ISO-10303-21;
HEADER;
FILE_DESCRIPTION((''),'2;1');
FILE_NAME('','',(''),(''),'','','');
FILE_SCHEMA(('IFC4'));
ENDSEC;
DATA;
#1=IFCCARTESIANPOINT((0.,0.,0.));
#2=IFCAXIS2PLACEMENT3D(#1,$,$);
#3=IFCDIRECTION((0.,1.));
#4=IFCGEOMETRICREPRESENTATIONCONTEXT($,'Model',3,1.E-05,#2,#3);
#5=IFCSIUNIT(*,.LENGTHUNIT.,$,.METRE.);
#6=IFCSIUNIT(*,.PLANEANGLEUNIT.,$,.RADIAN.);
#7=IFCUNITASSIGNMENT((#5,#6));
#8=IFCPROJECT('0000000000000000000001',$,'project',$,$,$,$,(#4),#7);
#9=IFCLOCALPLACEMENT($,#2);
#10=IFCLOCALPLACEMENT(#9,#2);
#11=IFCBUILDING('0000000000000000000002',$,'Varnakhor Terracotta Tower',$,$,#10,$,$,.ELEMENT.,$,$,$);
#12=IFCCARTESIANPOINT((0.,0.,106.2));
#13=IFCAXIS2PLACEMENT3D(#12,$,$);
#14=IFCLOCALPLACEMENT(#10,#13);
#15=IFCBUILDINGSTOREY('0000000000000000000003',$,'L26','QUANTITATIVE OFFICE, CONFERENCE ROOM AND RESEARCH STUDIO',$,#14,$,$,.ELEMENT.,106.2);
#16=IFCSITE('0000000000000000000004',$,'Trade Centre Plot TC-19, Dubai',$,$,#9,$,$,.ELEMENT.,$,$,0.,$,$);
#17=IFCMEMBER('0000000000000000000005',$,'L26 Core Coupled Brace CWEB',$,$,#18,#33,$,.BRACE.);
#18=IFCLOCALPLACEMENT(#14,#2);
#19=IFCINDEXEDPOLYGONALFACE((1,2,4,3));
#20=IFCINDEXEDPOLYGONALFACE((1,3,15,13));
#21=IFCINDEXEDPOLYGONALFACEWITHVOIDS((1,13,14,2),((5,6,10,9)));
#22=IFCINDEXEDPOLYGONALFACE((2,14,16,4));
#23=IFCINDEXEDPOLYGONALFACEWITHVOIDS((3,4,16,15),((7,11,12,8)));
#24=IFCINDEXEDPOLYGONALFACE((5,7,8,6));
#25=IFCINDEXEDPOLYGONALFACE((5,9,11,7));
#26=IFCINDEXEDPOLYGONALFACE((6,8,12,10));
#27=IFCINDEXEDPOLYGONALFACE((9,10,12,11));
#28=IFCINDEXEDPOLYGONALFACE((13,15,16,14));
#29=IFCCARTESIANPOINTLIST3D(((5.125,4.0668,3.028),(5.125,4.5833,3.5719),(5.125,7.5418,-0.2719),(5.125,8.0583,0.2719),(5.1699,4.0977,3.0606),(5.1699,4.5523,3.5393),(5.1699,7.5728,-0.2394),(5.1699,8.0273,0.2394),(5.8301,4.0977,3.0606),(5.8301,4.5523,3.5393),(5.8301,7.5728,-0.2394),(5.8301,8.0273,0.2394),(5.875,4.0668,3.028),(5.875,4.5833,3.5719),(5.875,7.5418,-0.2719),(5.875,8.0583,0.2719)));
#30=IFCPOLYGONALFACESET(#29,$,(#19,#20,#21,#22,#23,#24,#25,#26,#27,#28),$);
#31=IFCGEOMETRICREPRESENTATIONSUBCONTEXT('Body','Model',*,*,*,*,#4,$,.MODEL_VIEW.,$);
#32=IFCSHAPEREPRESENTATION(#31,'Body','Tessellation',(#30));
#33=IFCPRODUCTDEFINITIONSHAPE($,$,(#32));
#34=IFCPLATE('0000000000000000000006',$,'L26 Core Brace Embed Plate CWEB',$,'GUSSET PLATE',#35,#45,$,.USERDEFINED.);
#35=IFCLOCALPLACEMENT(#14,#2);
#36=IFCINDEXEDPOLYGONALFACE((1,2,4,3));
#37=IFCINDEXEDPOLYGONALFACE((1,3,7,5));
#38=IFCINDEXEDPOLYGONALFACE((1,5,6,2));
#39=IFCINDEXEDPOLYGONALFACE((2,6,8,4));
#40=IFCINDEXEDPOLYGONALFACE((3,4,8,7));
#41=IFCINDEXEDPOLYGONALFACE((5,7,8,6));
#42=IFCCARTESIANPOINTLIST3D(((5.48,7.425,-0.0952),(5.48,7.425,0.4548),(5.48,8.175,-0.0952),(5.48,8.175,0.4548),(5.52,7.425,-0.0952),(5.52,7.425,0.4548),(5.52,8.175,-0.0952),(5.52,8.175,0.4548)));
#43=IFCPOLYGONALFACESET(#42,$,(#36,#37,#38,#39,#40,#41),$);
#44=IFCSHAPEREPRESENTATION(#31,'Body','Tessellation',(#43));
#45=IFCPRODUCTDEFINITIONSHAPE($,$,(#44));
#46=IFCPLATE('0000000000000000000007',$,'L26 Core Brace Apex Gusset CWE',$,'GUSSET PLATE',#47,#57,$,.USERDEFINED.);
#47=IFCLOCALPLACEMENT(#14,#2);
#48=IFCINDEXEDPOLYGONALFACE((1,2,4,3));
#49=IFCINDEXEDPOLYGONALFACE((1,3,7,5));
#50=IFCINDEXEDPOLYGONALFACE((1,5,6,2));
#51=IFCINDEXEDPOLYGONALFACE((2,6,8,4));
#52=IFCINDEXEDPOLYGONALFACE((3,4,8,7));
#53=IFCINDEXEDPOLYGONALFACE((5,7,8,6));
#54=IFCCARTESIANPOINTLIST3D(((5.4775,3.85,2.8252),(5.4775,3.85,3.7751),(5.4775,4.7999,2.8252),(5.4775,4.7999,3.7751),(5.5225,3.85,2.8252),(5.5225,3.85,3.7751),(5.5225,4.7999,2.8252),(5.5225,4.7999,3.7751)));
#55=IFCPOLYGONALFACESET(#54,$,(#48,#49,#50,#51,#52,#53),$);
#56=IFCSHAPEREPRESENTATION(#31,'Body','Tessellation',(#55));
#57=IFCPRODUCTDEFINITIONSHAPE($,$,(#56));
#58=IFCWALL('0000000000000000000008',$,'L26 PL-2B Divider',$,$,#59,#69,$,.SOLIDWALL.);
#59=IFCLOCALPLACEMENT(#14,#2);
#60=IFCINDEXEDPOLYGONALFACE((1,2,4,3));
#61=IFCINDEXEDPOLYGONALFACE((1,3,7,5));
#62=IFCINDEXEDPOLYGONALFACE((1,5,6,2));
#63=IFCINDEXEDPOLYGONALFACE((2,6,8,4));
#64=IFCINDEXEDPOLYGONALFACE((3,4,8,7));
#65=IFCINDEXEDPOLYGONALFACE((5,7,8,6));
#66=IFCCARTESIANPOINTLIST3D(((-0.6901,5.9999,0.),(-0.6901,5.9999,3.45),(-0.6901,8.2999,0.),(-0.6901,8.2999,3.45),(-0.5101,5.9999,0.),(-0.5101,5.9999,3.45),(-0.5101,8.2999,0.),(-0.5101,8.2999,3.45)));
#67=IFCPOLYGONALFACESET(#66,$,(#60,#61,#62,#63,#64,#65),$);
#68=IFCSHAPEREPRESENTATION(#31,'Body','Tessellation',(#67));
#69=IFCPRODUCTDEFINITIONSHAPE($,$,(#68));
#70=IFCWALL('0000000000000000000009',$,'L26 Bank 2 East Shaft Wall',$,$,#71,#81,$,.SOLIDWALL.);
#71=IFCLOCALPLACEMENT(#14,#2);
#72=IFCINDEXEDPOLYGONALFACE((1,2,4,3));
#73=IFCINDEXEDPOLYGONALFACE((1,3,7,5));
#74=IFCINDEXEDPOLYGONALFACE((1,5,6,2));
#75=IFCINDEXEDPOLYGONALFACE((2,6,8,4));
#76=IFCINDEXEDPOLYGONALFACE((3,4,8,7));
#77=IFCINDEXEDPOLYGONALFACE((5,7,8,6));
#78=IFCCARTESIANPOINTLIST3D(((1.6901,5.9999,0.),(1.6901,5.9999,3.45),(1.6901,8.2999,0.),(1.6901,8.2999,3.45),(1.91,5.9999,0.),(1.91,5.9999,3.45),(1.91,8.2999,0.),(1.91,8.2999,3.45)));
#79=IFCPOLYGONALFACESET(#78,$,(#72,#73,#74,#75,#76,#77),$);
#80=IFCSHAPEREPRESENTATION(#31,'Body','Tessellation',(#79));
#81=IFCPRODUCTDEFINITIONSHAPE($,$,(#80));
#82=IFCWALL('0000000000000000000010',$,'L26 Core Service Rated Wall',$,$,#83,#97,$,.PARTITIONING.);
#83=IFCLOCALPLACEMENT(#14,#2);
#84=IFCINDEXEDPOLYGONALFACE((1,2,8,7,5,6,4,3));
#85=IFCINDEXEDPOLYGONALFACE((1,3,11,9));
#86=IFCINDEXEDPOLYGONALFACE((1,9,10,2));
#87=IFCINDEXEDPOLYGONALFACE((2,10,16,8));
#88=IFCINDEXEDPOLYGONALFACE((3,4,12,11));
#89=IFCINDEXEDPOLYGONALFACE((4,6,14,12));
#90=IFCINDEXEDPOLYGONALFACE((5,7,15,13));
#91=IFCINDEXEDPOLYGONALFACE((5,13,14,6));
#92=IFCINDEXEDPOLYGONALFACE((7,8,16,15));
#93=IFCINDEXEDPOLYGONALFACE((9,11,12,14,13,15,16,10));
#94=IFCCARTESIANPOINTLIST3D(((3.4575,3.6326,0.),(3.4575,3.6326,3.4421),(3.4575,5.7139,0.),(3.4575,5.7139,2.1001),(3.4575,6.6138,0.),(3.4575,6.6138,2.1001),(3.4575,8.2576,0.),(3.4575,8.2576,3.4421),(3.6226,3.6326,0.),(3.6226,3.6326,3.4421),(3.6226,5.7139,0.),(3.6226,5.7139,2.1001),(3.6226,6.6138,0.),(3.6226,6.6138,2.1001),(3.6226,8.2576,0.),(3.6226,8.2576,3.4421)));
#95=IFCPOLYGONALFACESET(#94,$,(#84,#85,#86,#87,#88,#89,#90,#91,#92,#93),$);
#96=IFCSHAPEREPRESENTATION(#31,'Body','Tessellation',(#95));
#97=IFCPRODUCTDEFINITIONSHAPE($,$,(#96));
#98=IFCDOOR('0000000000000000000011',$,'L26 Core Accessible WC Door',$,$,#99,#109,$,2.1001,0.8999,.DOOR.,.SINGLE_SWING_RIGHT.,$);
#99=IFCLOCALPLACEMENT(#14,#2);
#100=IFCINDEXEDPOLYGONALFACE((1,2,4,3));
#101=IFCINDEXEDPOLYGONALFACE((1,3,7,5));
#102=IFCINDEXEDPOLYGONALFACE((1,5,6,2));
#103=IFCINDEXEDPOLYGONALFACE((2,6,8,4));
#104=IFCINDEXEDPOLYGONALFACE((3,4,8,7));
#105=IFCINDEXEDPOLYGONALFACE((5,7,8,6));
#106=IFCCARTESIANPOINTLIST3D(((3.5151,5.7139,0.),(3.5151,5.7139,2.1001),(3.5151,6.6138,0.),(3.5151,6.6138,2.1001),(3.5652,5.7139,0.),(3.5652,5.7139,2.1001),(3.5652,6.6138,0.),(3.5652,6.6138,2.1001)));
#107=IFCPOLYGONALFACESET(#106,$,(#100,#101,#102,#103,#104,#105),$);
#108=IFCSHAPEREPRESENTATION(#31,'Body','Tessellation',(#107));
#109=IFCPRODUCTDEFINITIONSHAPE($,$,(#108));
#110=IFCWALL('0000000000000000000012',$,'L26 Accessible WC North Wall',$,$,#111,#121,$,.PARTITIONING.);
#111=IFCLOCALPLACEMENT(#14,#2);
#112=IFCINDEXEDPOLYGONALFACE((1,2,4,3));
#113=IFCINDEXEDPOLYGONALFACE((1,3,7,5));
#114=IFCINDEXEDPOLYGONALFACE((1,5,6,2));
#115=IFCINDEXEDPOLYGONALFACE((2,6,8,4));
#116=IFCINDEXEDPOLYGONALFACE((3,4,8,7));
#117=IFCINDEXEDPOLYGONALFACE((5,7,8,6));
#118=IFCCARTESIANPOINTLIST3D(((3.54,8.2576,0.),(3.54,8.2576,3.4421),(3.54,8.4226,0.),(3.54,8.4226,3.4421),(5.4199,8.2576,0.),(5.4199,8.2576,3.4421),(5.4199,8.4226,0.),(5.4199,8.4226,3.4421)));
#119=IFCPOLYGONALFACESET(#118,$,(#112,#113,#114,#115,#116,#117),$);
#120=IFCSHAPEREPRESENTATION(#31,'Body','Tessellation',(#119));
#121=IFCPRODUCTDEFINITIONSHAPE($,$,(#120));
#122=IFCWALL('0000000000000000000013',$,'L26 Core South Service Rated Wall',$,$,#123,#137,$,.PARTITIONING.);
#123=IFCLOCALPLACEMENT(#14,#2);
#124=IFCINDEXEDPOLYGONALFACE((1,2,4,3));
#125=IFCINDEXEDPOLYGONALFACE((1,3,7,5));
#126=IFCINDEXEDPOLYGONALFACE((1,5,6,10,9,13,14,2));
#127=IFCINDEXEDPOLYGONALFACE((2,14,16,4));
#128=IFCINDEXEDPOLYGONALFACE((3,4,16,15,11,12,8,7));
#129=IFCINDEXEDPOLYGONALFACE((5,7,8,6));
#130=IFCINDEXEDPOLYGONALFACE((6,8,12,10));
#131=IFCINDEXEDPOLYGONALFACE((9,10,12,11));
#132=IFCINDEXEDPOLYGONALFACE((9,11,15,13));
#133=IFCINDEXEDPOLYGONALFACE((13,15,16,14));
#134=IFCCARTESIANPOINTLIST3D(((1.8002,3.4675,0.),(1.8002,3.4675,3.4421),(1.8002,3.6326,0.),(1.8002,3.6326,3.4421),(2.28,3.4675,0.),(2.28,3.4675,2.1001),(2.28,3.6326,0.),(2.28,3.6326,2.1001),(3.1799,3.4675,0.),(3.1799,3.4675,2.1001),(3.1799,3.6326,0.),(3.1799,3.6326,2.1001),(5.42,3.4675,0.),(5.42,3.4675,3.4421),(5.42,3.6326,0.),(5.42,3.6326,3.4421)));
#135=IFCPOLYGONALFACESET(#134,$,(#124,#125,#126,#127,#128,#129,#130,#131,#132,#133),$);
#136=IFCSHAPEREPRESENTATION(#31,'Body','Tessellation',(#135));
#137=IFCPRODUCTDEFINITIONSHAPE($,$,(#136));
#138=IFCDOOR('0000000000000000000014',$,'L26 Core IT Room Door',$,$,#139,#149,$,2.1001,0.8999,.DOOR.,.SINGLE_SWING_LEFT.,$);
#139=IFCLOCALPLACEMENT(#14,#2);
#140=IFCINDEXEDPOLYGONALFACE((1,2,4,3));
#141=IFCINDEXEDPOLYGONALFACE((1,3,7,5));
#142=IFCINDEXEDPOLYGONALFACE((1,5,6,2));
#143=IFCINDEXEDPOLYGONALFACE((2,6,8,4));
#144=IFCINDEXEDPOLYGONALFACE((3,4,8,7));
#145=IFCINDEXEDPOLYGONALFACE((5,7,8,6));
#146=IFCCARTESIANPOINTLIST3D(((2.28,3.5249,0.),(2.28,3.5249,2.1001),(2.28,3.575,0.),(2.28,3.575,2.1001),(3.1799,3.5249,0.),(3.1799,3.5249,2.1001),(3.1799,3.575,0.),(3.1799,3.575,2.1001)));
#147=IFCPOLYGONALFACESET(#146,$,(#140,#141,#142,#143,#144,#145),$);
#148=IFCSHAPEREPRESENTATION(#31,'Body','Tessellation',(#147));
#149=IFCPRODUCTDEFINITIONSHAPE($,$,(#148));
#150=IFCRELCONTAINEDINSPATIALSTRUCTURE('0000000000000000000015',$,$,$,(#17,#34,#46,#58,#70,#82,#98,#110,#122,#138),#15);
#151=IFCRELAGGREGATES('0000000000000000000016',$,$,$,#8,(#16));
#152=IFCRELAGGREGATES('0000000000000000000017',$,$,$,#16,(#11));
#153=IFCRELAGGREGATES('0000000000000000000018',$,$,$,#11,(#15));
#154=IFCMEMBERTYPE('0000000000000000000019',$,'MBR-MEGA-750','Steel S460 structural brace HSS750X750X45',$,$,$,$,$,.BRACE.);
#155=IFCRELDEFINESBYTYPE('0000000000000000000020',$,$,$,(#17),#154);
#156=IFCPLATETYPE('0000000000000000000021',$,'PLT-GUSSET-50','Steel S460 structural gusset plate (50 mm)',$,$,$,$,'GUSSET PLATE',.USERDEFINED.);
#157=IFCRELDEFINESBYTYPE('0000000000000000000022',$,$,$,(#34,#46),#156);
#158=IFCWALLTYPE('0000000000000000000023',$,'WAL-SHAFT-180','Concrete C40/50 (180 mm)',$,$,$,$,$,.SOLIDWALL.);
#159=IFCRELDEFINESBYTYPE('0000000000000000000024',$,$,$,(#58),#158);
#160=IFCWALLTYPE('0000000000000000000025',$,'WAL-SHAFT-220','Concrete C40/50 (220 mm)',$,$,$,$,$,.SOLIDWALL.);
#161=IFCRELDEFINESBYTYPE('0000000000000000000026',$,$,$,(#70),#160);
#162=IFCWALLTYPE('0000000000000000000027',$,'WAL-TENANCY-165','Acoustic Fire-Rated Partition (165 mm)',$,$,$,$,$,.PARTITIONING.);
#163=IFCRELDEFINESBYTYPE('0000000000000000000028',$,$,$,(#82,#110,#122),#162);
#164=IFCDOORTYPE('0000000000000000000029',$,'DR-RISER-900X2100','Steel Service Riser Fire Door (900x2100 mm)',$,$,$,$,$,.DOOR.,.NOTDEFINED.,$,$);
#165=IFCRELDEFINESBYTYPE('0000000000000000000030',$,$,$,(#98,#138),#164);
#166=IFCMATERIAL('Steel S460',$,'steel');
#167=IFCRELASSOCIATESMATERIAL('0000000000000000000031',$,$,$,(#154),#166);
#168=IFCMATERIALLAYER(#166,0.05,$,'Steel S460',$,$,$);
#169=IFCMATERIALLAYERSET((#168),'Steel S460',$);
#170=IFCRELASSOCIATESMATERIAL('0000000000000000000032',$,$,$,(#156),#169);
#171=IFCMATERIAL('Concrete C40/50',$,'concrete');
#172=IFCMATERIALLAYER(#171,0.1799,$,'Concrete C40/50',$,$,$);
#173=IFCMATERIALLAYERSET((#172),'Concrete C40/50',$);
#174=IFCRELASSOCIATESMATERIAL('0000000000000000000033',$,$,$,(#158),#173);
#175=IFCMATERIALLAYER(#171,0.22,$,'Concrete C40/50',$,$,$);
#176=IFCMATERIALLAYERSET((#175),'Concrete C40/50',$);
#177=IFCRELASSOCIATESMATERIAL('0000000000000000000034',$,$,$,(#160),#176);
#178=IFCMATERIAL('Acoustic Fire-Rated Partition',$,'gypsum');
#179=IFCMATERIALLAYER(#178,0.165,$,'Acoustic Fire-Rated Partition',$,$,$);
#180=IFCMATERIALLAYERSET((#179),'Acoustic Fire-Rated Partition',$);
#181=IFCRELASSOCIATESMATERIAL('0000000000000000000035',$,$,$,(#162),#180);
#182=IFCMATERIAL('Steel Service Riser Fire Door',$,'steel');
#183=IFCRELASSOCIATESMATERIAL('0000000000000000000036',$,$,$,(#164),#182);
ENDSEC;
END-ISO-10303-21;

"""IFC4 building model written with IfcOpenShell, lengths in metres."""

from ifc_helpers import new_model, si_unit, direction, frame, frame_2d, origin, origin_2d, place, context, subcontext, project, spatial, rectangle, hollow_rectangle, extrude, source, transform, mapped, material, layer, layer_set, material_profile, profile_set, type_object, type_shapes, element, fill, save


model = new_model("IFC4")

# Units and contexts
model_context = context("Model", 3, precision=1e-05, world=origin(), true_north=direction((0.0, 1.0)))
body_context = subcontext(model_context, "Body", "Model", "MODEL_VIEW")
ifc_project = project(units=[si_unit("LENGTHUNIT", "METRE"), si_unit("PLANEANGLEUNIT", "RADIAN")], contexts=[model_context])

# Site, building, storey
site_placement = place(None, origin())
site = spatial("IfcSite", under=ifc_project, at=site_placement, Name="Trade Centre Plot TC-19, Dubai", CompositionType="ELEMENT", RefElevation=0.0)
building_placement = place(site_placement, origin())
building = spatial("IfcBuilding", under=site, at=building_placement, Name="Varnakhor Terracotta Tower", CompositionType="ELEMENT")
storey_placement = place(building_placement, frame((0.0, 0.0, 106.2)))
storey = spatial("IfcBuildingStorey", under=building, at=storey_placement, Name="L26", Description="QUANTITATIVE OFFICE, CONFERENCE ROOM AND RESEARCH STUDIO", CompositionType="ELEMENT", Elevation=106.2)

# Member
ifc_material_1 = material(Name="Steel S460", Category="steel")
ifc_material_profile = material_profile(ifc_material_1, hollow_rectangle(XDim=0.75, YDim=0.75, WallThickness=0.0449, at=origin_2d()), Name="HSS750X750X45")
ifc_profile_set = profile_set([ifc_material_profile], Name="Steel S460")
member_type = type_object("IfcMemberType", Name="MBR-MEGA-750", Description="Steel S460 structural brace HSS750X750X45", PredefinedType="BRACE", material=ifc_profile_set)
shared_shape_1 = source(origin(), body_context, "Body", "SweptSolid", [
    extrude(hollow_rectangle(XDim=0.75, YDim=0.75, WallThickness=0.0449, at=origin_2d()), origin(), (0.0, 0.0, 1.0), 4.7922),
])
member_placement = place(storey_placement, frame((5.5, 7.8, 0.0), z_axis=(0.0, -0.725134, 0.688608), x_axis=(1.0, 0.0, 0.0)))
element("IfcMember", 1, at=member_placement, inside=storey, type_object=member_type, Name="L26 Core Coupled Brace CWEB", PredefinedType="BRACE", context=body_context, shape_type="MappedRepresentation", body=[
    mapped(shared_shape_1, transform((0.0, 0.0, 0.0), scale=1.0)),
])

# Plates
ifc_layer_1 = layer(ifc_material_1, 0.05, Name="Steel S460")
ifc_layer_set_1 = layer_set([ifc_layer_1], Name="Steel S460")
plate_type = type_object("IfcPlateType", Name="PLT-GUSSET-50", Description="Steel S460 structural gusset plate (50 mm)", ElementType="GUSSET PLATE", PredefinedType="USERDEFINED", material=ifc_layer_set_1)
shared_shape_2 = source(origin(), body_context, "Body", "SweptSolid", [
    extrude(rectangle(XDim=0.75, YDim=0.04, at=origin_2d()), origin(), (0.0, 0.0, 1.0), 0.55),
])
type_shapes(plate_type, [shared_shape_2])
plate_1_placement = place(storey_placement, frame((5.5, 7.8, -0.0952), z_axis=(0.0, 0.0, 1.0), x_axis=(0.0, 1.0, 0.0)))
element("IfcPlate", 2, at=plate_1_placement, inside=storey, type_object=plate_type, Name="L26 Core Brace Embed Plate CWEB", ObjectType="GUSSET PLATE", PredefinedType="USERDEFINED", context=body_context, shape_type="MappedRepresentation", body=[
    mapped(shared_shape_2, transform((0.0, 0.0, 0.0), scale=1.0)),
])
shared_shape_3 = source(origin(), body_context, "Body", "SweptSolid", [
    extrude(rectangle(XDim=0.95, YDim=0.0449, at=origin_2d()), origin(), (0.0, 0.0, 1.0), 0.95),
])
plate_2_placement = place(storey_placement, frame((5.5, 4.325, 2.8252), z_axis=(0.0, 0.0, 1.0), x_axis=(0.0, 1.0, 0.0)))
element("IfcPlate", 3, at=plate_2_placement, inside=storey, type_object=plate_type, Name="L26 Core Brace Apex Gusset CWE", ObjectType="GUSSET PLATE", PredefinedType="USERDEFINED", context=body_context, shape_type="MappedRepresentation", body=[
    mapped(shared_shape_3, transform((0.0, 0.0, 0.0), scale=1.0)),
])

# Walls
ifc_material_2 = material(Name="Concrete C40/50", Category="concrete")
ifc_layer_2 = layer(ifc_material_2, 0.1799, Name="Concrete C40/50")
ifc_layer_set_2 = layer_set([ifc_layer_2], Name="Concrete C40/50")
wall_type_1 = type_object("IfcWallType", Name="WAL-SHAFT-180", Description="Concrete C40/50 (180 mm)", PredefinedType="SOLIDWALL", material=ifc_layer_set_2)
wall_1_placement = place(storey_placement, frame((-0.6001, 6.0, 0.0), z_axis=(0.0, 0.0, 1.0), x_axis=(0.0, 1.0, 0.0)))
element("IfcWall", 4, at=wall_1_placement, inside=storey, type_object=wall_type_1, Name="L26 PL-2B Divider", PredefinedType="SOLIDWALL", context=body_context, shape_type="SweptSolid", body=[
    extrude(rectangle(XDim=2.3, YDim=0.1799, at=frame_2d((1.1499, 0.0))), origin(), (0.0, 0.0, 1.0), 3.45),
])
ifc_layer_3 = layer(ifc_material_2, 0.22, Name="Concrete C40/50")
ifc_layer_set_3 = layer_set([ifc_layer_3], Name="Concrete C40/50")
wall_type_2 = type_object("IfcWallType", Name="WAL-SHAFT-220", Description="Concrete C40/50 (220 mm)", PredefinedType="SOLIDWALL", material=ifc_layer_set_3)
wall_2_placement = place(storey_placement, frame((1.8, 6.0, 0.0), z_axis=(0.0, 0.0, 1.0), x_axis=(0.0, 1.0, 0.0)))
element("IfcWall", 5, at=wall_2_placement, inside=storey, type_object=wall_type_2, Name="L26 Bank 2 East Shaft Wall", PredefinedType="SOLIDWALL", context=body_context, shape_type="SweptSolid", body=[
    extrude(rectangle(XDim=2.3, YDim=0.22, at=frame_2d((1.1499, 0.0))), origin(), (0.0, 0.0, 1.0), 3.45),
])

# Wall, opening, door
ifc_material_3 = material(Name="Acoustic Fire-Rated Partition", Category="gypsum")
ifc_layer_4 = layer(ifc_material_3, 0.165, Name="Acoustic Fire-Rated Partition")
ifc_layer_set_4 = layer_set([ifc_layer_4], Name="Acoustic Fire-Rated Partition")
wall_type_3 = type_object("IfcWallType", Name="WAL-TENANCY-165", Description="Acoustic Fire-Rated Partition (165 mm)", PredefinedType="PARTITIONING", material=ifc_layer_set_4)
wall_3_placement = place(storey_placement, frame((3.54, 3.6326, 0.0), z_axis=(0.0, 0.0, 1.0), x_axis=(0.0, 1.0, 0.0)))
wall_3 = element("IfcWall", 6, at=wall_3_placement, inside=storey, type_object=wall_type_3, Name="L26 Core Service Rated Wall", PredefinedType="PARTITIONING", context=body_context, shape_type="SweptSolid", body=[
    extrude(rectangle(XDim=4.625, YDim=0.165, at=frame_2d((2.3125, 0.0))), origin(), (0.0, 0.0, 1.0), 3.4421),
])
opening_1_placement = place(wall_3_placement, frame((2.0813, 0.0, 0.0)))
opening_1 = element("IfcOpeningElement", 7, at=opening_1_placement, cuts=wall_3, PredefinedType="OPENING", context=body_context, shape_type="SweptSolid", body=[
    extrude(rectangle(XDim=0.8999, YDim=2.1001, at=frame_2d((0.45, 1.05))), frame((0.0, 0.0925, 0.0), z_axis=(0.0, -1.0, 0.0), x_axis=(1.0, 0.0, 0.0)), (0.0, 0.0, 1.0), 0.1851),
])
ifc_material_4 = material(Name="Steel Service Riser Fire Door", Category="steel")
door_type = type_object("IfcDoorType", Name="DR-RISER-900X2100", Description="Steel Service Riser Fire Door (900x2100 mm)", OperationType="NOTDEFINED", PredefinedType="DOOR", material=ifc_material_4)
shared_shape_4 = source(origin(), body_context, "Body", "SweptSolid", [
    extrude(rectangle(XDim=0.8999, YDim=2.1001, at=frame_2d((0.45, 1.05))), frame((0.0, 0.0249, 0.0), z_axis=(0.0, -1.0, 0.0), x_axis=(1.0, 0.0, 0.0)), (0.0, 0.0, 1.0), 0.05),
])
type_shapes(door_type, [shared_shape_4])
door_1_placement = place(opening_1_placement, origin())
door_1 = element("IfcDoor", 8, at=door_1_placement, inside=storey, type_object=door_type, Name="L26 Core Accessible WC Door", OperationType="SINGLE_SWING_RIGHT", OverallHeight=2.1001, OverallWidth=0.8999, PredefinedType="DOOR", context=body_context, shape_type="MappedRepresentation", body=[
    mapped(shared_shape_4, transform((0.0, 0.0, 0.0), scale=1.0)),
])
fill(opening_1, door_1)

# Wall
wall_4_placement = place(storey_placement, frame((3.54, 8.3401, 0.0), z_axis=(0.0, 0.0, 1.0), x_axis=(1.0, 0.0, 0.0)))
element("IfcWall", 9, at=wall_4_placement, inside=storey, type_object=wall_type_3, Name="L26 Accessible WC North Wall", PredefinedType="PARTITIONING", context=body_context, shape_type="SweptSolid", body=[
    extrude(rectangle(XDim=1.8799, YDim=0.165, at=frame_2d((0.9399, 0.0))), origin(), (0.0, 0.0, 1.0), 3.4421),
])

# Wall, opening, door
wall_5_placement = place(storey_placement, frame((1.8, 3.55, 0.0), z_axis=(0.0, 0.0, 1.0), x_axis=(1.0, 0.0, 0.0)))
wall_5 = element("IfcWall", 10, at=wall_5_placement, inside=storey, type_object=wall_type_3, Name="L26 Core South Service Rated Wall", PredefinedType="PARTITIONING", context=body_context, shape_type="SweptSolid", body=[
    extrude(rectangle(XDim=3.6199, YDim=0.165, at=frame_2d((1.8101, 0.0))), origin(), (0.0, 0.0, 1.0), 3.4421),
])
opening_2_placement = place(wall_5_placement, frame((0.48, 0.0, 0.0)))
opening_2 = element("IfcOpeningElement", 11, at=opening_2_placement, cuts=wall_5, PredefinedType="OPENING", context=body_context, shape_type="SweptSolid", body=[
    extrude(rectangle(XDim=0.8999, YDim=2.1001, at=frame_2d((0.45, 1.05))), frame((0.0, 0.0925, 0.0), z_axis=(0.0, -1.0, 0.0), x_axis=(1.0, 0.0, 0.0)), (0.0, 0.0, 1.0), 0.1851),
])
door_2_placement = place(opening_2_placement, origin())
door_2 = element("IfcDoor", 12, at=door_2_placement, inside=storey, type_object=door_type, Name="L26 Core IT Room Door", OperationType="SINGLE_SWING_LEFT", OverallHeight=2.1001, OverallWidth=0.8999, PredefinedType="DOOR", context=body_context, shape_type="MappedRepresentation", body=[
    mapped(shared_shape_4, transform((0.0, 0.0, 0.0), scale=1.0)),
])
fill(opening_2, door_2)

save(model, "model.ifc")
